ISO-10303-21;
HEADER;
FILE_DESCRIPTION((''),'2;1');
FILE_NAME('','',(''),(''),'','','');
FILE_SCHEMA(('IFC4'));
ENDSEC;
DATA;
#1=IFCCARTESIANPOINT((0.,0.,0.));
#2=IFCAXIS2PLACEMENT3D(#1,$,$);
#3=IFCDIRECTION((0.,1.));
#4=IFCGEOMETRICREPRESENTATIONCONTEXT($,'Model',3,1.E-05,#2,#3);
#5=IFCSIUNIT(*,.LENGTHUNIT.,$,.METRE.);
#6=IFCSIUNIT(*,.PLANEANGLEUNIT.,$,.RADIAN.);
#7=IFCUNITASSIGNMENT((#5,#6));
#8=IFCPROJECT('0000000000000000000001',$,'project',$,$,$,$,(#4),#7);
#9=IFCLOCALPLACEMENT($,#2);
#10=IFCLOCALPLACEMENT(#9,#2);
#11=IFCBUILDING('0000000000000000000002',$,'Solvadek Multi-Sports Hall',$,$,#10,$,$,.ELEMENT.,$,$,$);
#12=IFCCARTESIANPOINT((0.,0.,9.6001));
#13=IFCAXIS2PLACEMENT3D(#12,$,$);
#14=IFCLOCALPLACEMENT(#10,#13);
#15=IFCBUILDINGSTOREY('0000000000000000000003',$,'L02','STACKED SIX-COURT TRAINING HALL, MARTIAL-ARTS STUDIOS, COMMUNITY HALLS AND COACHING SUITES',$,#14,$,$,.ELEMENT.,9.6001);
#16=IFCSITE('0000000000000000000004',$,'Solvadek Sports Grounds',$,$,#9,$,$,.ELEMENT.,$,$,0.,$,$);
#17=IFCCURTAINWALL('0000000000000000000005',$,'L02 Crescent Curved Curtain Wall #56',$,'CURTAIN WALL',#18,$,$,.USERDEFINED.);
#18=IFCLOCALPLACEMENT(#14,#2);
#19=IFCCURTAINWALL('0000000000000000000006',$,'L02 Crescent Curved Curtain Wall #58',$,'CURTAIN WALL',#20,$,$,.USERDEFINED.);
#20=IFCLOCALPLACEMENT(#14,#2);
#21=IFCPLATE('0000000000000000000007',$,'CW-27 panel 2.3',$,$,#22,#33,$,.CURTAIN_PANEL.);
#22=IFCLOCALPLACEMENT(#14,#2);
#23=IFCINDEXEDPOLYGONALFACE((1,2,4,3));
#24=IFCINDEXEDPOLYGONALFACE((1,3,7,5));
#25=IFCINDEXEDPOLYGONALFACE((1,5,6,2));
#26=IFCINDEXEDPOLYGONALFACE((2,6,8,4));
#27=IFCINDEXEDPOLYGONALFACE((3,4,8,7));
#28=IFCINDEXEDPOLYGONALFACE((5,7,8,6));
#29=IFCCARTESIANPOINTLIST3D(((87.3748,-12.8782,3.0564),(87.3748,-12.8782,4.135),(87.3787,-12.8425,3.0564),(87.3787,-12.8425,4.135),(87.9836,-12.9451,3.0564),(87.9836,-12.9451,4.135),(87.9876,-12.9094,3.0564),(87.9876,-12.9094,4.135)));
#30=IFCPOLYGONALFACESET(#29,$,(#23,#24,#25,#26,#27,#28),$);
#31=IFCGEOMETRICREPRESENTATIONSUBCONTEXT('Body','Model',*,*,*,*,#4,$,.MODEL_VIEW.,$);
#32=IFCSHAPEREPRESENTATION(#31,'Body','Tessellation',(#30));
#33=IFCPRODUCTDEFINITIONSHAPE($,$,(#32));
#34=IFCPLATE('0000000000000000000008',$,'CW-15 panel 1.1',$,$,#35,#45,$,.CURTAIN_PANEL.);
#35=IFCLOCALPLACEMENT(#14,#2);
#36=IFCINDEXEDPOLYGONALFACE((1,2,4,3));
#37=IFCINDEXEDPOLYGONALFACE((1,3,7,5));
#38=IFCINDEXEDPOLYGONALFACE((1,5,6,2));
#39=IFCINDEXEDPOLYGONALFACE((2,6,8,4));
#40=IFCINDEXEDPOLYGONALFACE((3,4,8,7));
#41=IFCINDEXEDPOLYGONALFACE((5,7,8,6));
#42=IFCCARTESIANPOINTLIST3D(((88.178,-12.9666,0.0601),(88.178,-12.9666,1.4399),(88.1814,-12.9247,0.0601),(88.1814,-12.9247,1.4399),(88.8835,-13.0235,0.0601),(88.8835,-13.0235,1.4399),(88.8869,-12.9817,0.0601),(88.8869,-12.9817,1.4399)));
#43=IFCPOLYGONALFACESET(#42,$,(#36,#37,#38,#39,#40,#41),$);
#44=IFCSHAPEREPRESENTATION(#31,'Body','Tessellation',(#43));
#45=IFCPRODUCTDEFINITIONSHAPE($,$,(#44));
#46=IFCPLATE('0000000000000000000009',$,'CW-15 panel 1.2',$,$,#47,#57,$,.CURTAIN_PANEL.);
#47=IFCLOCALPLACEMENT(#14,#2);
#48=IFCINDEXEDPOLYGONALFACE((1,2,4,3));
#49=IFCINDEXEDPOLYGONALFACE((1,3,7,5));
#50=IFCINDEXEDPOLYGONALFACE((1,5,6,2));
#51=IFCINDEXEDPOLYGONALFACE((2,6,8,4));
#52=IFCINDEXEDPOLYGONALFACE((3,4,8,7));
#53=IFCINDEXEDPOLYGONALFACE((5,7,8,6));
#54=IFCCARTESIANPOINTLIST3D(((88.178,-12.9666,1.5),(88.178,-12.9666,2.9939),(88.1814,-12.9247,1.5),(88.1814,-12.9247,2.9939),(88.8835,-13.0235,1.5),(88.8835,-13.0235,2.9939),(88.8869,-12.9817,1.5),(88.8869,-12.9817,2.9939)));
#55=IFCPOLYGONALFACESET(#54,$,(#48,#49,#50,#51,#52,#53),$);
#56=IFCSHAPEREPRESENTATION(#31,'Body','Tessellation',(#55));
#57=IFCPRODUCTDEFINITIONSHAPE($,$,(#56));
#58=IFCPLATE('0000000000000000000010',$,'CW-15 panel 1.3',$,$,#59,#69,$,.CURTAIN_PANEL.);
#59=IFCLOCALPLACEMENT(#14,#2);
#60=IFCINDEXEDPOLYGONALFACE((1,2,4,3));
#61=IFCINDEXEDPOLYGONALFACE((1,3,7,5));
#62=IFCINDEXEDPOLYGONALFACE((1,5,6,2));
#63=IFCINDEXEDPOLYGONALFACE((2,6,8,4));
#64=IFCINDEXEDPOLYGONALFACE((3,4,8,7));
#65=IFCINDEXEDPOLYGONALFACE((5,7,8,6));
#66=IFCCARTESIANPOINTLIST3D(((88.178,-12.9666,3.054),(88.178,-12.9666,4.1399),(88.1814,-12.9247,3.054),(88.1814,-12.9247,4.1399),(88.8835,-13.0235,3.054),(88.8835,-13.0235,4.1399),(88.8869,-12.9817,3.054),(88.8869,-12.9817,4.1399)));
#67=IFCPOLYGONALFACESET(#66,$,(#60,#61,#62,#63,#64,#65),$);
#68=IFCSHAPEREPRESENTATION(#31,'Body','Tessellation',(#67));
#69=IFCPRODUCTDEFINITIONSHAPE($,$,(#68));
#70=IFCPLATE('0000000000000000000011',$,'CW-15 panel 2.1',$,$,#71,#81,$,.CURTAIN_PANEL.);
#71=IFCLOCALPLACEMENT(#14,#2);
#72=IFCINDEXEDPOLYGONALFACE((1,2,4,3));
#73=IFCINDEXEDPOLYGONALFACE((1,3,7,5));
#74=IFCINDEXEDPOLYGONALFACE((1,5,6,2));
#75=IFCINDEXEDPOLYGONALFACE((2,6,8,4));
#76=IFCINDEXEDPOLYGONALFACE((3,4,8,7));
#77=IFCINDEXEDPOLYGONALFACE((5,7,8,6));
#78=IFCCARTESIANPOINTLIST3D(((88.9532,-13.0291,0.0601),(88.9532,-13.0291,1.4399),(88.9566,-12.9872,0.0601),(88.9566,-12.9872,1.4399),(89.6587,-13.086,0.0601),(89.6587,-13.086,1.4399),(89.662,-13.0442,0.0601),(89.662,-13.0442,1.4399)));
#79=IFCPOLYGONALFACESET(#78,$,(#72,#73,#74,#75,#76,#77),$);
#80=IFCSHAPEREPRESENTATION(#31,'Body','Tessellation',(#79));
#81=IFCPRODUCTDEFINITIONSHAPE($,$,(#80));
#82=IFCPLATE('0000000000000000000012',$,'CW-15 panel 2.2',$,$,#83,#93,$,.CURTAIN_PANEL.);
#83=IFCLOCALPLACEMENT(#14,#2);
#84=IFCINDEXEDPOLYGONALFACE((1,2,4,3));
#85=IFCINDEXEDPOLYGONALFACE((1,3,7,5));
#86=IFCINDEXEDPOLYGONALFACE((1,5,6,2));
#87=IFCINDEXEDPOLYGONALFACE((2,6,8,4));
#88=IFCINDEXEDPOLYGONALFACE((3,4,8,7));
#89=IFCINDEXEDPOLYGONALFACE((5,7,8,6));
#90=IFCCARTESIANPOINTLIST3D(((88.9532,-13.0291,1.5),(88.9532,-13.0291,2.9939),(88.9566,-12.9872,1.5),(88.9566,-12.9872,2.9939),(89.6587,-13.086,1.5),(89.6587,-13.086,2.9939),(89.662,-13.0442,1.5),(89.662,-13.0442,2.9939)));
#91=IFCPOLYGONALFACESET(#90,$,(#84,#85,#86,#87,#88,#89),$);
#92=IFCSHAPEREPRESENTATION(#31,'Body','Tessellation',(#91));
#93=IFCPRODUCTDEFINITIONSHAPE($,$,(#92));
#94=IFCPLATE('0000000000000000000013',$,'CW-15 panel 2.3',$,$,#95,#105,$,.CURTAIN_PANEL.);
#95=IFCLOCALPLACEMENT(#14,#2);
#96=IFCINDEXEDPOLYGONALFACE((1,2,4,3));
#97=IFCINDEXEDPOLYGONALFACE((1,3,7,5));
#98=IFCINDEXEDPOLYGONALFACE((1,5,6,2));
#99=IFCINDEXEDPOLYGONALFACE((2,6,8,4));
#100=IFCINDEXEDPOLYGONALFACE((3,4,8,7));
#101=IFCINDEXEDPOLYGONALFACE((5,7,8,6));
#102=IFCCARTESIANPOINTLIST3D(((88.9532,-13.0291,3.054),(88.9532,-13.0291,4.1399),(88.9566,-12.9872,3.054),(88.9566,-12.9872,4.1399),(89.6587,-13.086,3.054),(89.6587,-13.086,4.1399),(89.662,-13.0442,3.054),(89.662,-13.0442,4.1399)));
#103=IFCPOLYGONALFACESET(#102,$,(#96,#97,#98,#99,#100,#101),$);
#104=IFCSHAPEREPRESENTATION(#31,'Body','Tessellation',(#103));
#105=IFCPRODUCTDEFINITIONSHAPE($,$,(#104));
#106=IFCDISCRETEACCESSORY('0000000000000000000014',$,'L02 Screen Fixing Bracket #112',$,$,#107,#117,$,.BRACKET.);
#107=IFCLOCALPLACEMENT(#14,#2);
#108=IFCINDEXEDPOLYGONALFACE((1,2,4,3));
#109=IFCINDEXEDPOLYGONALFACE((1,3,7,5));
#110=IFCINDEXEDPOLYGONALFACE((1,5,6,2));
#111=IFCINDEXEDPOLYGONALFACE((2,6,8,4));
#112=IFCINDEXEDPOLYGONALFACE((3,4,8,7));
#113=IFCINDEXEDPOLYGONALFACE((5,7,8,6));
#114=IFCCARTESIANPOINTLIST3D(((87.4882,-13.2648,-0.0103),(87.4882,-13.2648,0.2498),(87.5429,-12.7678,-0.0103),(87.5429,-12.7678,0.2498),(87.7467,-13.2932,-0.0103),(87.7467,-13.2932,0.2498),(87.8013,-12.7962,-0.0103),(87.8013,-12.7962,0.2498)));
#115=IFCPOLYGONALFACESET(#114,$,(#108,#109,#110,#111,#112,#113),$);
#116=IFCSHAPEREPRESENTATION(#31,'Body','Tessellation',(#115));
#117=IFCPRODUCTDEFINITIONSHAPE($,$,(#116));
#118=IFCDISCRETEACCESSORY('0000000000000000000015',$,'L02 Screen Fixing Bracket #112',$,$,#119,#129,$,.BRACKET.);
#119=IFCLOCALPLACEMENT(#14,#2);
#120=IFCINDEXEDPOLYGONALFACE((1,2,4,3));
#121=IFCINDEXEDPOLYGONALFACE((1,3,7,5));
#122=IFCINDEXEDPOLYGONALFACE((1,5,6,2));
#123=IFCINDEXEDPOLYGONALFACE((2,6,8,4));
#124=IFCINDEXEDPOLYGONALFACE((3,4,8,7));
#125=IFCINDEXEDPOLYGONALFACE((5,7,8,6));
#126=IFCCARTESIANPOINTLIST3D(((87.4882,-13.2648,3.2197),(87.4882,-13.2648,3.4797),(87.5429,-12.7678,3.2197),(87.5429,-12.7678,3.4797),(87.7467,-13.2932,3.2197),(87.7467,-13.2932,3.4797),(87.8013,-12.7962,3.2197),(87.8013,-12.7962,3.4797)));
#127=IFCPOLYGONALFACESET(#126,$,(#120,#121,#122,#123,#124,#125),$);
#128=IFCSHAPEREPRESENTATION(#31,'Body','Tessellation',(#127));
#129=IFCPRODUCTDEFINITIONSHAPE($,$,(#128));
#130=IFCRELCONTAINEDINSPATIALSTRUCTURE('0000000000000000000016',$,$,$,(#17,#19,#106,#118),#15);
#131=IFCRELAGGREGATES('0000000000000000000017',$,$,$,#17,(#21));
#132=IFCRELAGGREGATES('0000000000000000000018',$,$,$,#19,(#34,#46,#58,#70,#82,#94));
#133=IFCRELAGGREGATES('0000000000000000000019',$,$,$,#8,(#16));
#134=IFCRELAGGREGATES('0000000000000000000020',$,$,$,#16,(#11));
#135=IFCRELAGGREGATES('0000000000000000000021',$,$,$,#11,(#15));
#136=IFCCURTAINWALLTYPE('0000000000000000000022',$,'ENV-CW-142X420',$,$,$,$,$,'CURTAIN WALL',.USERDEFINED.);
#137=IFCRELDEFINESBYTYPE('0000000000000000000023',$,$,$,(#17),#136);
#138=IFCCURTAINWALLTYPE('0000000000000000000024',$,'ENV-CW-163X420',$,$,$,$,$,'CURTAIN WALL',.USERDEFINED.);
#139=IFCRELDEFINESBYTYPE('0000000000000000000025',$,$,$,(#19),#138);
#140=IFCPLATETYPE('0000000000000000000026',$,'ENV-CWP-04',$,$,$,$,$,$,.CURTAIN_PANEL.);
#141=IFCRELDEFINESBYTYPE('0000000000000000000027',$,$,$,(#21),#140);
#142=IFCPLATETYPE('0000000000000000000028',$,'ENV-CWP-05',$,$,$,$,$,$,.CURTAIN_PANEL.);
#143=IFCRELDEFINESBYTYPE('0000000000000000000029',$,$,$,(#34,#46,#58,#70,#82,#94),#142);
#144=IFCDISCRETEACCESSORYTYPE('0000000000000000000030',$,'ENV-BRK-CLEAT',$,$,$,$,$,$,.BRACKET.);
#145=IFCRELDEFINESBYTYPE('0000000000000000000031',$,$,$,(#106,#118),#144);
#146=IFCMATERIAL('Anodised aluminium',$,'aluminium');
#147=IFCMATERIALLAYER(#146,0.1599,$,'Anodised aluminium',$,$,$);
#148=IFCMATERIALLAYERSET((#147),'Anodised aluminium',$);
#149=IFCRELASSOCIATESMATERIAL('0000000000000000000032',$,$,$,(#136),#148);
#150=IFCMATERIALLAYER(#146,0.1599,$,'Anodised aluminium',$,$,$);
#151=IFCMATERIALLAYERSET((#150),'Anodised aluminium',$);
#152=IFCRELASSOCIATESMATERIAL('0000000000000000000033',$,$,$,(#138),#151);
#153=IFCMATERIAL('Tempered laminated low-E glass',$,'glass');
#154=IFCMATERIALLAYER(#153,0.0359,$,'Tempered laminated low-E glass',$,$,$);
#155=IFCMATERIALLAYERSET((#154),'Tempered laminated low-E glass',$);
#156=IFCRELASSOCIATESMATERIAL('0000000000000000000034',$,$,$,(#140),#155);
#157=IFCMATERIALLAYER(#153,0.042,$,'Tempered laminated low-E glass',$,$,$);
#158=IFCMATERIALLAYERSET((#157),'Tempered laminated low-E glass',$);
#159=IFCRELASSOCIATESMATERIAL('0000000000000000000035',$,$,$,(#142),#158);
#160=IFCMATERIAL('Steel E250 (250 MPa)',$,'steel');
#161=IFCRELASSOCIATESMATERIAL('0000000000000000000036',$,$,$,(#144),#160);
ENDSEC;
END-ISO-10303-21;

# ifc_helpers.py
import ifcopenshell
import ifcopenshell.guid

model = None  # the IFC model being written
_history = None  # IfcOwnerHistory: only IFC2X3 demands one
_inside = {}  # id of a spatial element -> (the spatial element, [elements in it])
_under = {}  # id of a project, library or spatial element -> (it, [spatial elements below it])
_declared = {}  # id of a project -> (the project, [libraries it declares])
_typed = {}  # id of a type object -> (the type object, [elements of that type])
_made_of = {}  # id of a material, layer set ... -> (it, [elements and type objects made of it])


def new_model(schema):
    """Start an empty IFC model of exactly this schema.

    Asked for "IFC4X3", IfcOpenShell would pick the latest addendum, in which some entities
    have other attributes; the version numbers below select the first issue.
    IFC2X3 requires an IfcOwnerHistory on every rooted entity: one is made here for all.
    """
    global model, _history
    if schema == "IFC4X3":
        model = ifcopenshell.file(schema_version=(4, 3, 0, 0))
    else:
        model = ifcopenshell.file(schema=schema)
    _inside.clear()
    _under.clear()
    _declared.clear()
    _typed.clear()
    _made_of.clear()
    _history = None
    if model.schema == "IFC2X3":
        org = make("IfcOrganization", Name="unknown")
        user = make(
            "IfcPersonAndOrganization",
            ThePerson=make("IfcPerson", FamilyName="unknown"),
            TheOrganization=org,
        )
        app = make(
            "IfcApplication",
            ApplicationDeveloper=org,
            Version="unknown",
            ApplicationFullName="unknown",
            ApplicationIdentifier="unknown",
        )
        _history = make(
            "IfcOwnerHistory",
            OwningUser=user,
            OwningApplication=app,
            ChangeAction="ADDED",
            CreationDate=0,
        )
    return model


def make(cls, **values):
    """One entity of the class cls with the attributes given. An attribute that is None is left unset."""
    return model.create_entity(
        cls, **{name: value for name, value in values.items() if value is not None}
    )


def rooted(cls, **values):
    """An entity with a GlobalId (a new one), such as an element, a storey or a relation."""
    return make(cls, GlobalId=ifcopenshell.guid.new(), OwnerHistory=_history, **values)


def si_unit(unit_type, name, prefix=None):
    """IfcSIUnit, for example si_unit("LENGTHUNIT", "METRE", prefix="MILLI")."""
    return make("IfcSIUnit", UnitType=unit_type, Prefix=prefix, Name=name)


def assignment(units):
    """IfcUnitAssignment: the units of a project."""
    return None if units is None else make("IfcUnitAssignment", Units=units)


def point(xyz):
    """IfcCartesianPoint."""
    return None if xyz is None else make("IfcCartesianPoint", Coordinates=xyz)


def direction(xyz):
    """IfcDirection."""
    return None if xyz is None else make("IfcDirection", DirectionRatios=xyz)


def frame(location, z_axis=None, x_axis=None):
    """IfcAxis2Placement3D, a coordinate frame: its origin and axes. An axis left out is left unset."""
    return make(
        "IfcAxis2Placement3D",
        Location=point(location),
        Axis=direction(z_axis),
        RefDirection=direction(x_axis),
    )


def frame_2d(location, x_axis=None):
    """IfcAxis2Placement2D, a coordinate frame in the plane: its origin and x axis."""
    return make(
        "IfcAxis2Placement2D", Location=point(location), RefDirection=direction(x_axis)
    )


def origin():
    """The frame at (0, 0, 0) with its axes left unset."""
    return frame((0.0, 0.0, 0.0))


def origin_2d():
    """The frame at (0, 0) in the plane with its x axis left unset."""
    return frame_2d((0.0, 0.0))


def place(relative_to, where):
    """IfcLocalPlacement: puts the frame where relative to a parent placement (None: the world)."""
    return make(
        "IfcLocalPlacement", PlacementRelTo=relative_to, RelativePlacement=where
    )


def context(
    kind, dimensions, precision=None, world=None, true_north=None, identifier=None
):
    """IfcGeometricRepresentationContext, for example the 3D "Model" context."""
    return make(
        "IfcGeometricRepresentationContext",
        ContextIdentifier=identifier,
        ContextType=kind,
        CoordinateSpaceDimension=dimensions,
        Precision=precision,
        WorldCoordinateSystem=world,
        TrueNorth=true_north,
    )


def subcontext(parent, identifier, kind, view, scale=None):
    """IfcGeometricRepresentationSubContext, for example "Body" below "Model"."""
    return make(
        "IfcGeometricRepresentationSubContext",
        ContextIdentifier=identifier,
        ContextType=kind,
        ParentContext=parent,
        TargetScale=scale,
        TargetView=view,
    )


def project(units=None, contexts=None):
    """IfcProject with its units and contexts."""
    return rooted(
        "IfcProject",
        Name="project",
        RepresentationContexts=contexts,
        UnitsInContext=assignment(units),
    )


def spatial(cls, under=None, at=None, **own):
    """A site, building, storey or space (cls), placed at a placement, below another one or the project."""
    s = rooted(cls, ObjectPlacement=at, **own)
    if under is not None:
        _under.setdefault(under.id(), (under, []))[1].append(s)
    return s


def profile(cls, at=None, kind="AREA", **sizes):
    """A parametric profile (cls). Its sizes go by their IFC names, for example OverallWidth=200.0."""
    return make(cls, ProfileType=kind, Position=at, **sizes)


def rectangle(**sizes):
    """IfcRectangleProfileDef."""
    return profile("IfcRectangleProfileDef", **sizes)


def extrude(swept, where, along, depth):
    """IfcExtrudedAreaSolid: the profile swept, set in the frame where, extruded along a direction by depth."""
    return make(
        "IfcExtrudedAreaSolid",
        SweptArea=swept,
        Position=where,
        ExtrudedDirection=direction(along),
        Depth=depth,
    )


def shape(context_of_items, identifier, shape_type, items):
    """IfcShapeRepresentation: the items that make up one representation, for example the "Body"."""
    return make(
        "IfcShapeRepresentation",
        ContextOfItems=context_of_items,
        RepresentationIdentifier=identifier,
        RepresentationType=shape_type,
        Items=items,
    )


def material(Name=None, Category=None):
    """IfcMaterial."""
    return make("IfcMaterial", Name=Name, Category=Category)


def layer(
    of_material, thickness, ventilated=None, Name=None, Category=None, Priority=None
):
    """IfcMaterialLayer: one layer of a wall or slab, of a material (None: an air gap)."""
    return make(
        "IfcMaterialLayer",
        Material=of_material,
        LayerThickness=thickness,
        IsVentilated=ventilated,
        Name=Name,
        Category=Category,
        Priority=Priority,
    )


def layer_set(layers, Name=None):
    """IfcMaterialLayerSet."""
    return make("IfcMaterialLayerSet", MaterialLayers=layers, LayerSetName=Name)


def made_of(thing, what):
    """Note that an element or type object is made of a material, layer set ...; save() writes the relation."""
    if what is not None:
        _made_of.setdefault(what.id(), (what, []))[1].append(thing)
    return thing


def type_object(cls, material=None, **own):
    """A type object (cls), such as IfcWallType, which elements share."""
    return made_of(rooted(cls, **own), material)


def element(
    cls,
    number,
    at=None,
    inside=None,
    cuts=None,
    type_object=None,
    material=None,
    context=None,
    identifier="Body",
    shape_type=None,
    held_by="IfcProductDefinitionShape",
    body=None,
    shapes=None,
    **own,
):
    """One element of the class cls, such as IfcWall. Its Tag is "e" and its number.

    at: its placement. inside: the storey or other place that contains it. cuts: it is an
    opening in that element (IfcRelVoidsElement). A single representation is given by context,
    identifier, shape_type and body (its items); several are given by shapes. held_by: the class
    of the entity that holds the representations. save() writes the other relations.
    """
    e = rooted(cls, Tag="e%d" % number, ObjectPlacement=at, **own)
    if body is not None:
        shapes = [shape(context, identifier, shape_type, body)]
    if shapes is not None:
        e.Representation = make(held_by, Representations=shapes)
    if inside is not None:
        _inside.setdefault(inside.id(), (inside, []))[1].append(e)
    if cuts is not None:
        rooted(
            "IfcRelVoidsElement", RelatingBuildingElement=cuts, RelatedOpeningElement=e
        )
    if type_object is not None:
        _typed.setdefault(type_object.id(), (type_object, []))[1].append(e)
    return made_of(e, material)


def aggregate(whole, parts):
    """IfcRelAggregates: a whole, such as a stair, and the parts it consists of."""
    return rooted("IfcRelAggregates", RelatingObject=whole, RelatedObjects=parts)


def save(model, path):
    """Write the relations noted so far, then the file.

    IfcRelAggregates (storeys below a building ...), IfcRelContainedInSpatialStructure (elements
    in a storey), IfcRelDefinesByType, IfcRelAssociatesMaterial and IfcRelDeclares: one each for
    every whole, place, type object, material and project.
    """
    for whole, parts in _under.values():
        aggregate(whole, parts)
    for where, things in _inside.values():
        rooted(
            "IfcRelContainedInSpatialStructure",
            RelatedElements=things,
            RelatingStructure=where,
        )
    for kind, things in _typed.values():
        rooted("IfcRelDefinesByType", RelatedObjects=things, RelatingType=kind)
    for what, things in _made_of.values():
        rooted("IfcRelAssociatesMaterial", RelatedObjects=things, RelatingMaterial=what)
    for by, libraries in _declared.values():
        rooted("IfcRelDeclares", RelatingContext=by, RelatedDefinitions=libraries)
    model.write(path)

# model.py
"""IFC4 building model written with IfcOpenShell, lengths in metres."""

from ifc_helpers import new_model, si_unit, direction, frame, origin, origin_2d, place, context, subcontext, project, spatial, rectangle, extrude, material, layer, layer_set, type_object, element, aggregate, save


model = new_model("IFC4")

# Units and contexts
model_context = context("Model", 3, precision=1e-05, world=origin(), true_north=direction((0.0, 1.0)))
body_context = subcontext(model_context, "Body", "Model", "MODEL_VIEW")
ifc_project = project(units=[si_unit("LENGTHUNIT", "METRE"), si_unit("PLANEANGLEUNIT", "RADIAN")], contexts=[model_context])

# Site, building, storey
site_placement = place(None, origin())
site = spatial("IfcSite", under=ifc_project, at=site_placement, Name="Solvadek Sports Grounds", CompositionType="ELEMENT", RefElevation=0.0)
building_placement = place(site_placement, origin())
building = spatial("IfcBuilding", under=site, at=building_placement, Name="Solvadek Multi-Sports Hall", CompositionType="ELEMENT")
storey_placement = place(building_placement, frame((0.0, 0.0, 9.6001)))
storey = spatial("IfcBuildingStorey", under=building, at=storey_placement, Name="L02", Description="STACKED SIX-COURT TRAINING HALL, MARTIAL-ARTS STUDIOS, COMMUNITY HALLS AND COACHING SUITES", CompositionType="ELEMENT", Elevation=9.6001)

# Curtain wall
ifc_material_1 = material(Name="Anodised aluminium", Category="aluminium")
ifc_layer_1 = layer(ifc_material_1, 0.1599, Name="Anodised aluminium")
ifc_layer_set_1 = layer_set([ifc_layer_1], Name="Anodised aluminium")
curtain_wall_type_1 = type_object("IfcCurtainWallType", Name="ENV-CW-142X420", ElementType="CURTAIN WALL", PredefinedType="USERDEFINED", material=ifc_layer_set_1)
curtain_wall_1_placement = place(storey_placement, origin())
curtain_wall_1 = element("IfcCurtainWall", 1, at=curtain_wall_1_placement, inside=storey, type_object=curtain_wall_type_1, Name="L02 Crescent Curved Curtain Wall #56", ObjectType="CURTAIN WALL", PredefinedType="USERDEFINED")

# Curtain wall
ifc_layer_2 = layer(ifc_material_1, 0.1599, Name="Anodised aluminium")
ifc_layer_set_2 = layer_set([ifc_layer_2], Name="Anodised aluminium")
curtain_wall_type_2 = type_object("IfcCurtainWallType", Name="ENV-CW-163X420", ElementType="CURTAIN WALL", PredefinedType="USERDEFINED", material=ifc_layer_set_2)
curtain_wall_2_placement = place(storey_placement, origin())
curtain_wall_2 = element("IfcCurtainWall", 2, at=curtain_wall_2_placement, inside=storey, type_object=curtain_wall_type_2, Name="L02 Crescent Curved Curtain Wall #58", ObjectType="CURTAIN WALL", PredefinedType="USERDEFINED")

# Plates
ifc_material_2 = material(Name="Tempered laminated low-E glass", Category="glass")
ifc_layer_3 = layer(ifc_material_2, 0.0359, Name="Tempered laminated low-E glass")
ifc_layer_set_3 = layer_set([ifc_layer_3], Name="Tempered laminated low-E glass")
plate_type_1 = type_object("IfcPlateType", Name="ENV-CWP-04", PredefinedType="CURTAIN_PANEL", material=ifc_layer_set_3)
plate_1_placement = place(storey_placement, frame((87.6812, -12.8938, 3.0564), z_axis=(0.0, 0.0, 1.0), x_axis=(0.99401, -0.109288, 0.0)))
plate_1 = element("IfcPlate", 3, at=plate_1_placement, type_object=plate_type_1, Name="CW-27 panel 2.3", PredefinedType="CURTAIN_PANEL", context=body_context, shape_type="SweptSolid", body=[
    extrude(rectangle(XDim=0.6125, YDim=0.0359, at=origin_2d()), origin(), (0.0, 0.0, 1.0), 1.0786),
])
aggregate(curtain_wall_1, [plate_1])
ifc_layer_4 = layer(ifc_material_2, 0.042, Name="Tempered laminated low-E glass")
ifc_layer_set_4 = layer_set([ifc_layer_4], Name="Tempered laminated low-E glass")
plate_type_2 = type_object("IfcPlateType", Name="ENV-CWP-05", PredefinedType="CURTAIN_PANEL", material=ifc_layer_set_4)
plate_2_placement = place(storey_placement, frame((88.5325, -12.9741, 0.0601), z_axis=(0.0, 0.0, 1.0), x_axis=(0.996757, -0.080469, 0.0)))
plate_2 = element("IfcPlate", 4, at=plate_2_placement, type_object=plate_type_2, Name="CW-15 panel 1.1", PredefinedType="CURTAIN_PANEL", context=body_context, shape_type="SweptSolid", body=[
    extrude(rectangle(XDim=0.7078, YDim=0.042, at=origin_2d()), origin(), (0.0, 0.0, 1.0), 1.3799),
])
plate_3_placement = place(storey_placement, frame((88.5325, -12.9741, 1.5), z_axis=(0.0, 0.0, 1.0), x_axis=(0.996757, -0.080469, 0.0)))
plate_3 = element("IfcPlate", 5, at=plate_3_placement, type_object=plate_type_2, Name="CW-15 panel 1.2", PredefinedType="CURTAIN_PANEL", context=body_context, shape_type="SweptSolid", body=[
    extrude(rectangle(XDim=0.7078, YDim=0.042, at=origin_2d()), origin(), (0.0, 0.0, 1.0), 1.4939),
])
plate_4_placement = place(storey_placement, frame((88.5325, -12.9741, 3.054), z_axis=(0.0, 0.0, 1.0), x_axis=(0.996757, -0.080469, 0.0)))
plate_4 = element("IfcPlate", 6, at=plate_4_placement, type_object=plate_type_2, Name="CW-15 panel 1.3", PredefinedType="CURTAIN_PANEL", context=body_context, shape_type="SweptSolid", body=[
    extrude(rectangle(XDim=0.7078, YDim=0.042, at=origin_2d()), origin(), (0.0, 0.0, 1.0), 1.0859),
])
plate_5_placement = place(storey_placement, frame((89.3076, -13.0366, 0.0601), z_axis=(0.0, 0.0, 1.0), x_axis=(0.996757, -0.080469, 0.0)))
plate_5 = element("IfcPlate", 7, at=plate_5_placement, type_object=plate_type_2, Name="CW-15 panel 2.1", PredefinedType="CURTAIN_PANEL", context=body_context, shape_type="SweptSolid", body=[
    extrude(rectangle(XDim=0.7078, YDim=0.042, at=origin_2d()), origin(), (0.0, 0.0, 1.0), 1.3799),
])
plate_6_placement = place(storey_placement, frame((89.3076, -13.0366, 1.5), z_axis=(0.0, 0.0, 1.0), x_axis=(0.996757, -0.080469, 0.0)))
plate_6 = element("IfcPlate", 8, at=plate_6_placement, type_object=plate_type_2, Name="CW-15 panel 2.2", PredefinedType="CURTAIN_PANEL", context=body_context, shape_type="SweptSolid", body=[
    extrude(rectangle(XDim=0.7078, YDim=0.042, at=origin_2d()), origin(), (0.0, 0.0, 1.0), 1.4939),
])
plate_7_placement = place(storey_placement, frame((89.3076, -13.0366, 3.054), z_axis=(0.0, 0.0, 1.0), x_axis=(0.996757, -0.080469, 0.0)))
plate_7 = element("IfcPlate", 9, at=plate_7_placement, type_object=plate_type_2, Name="CW-15 panel 2.3", PredefinedType="CURTAIN_PANEL", context=body_context, shape_type="SweptSolid", body=[
    extrude(rectangle(XDim=0.7078, YDim=0.042, at=origin_2d()), origin(), (0.0, 0.0, 1.0), 1.0859),
])
aggregate(curtain_wall_2, [plate_2, plate_3, plate_4, plate_5, plate_6, plate_7])

# Discrete accessories
ifc_material_3 = material(Name="Steel E250 (250 MPa)", Category="steel")
discrete_accessory_type = type_object("IfcDiscreteAccessoryType", Name="ENV-BRK-CLEAT", PredefinedType="BRACKET", material=ifc_material_3)
for number, where, z_axis, x_axis, name in (
    (10, (87.6448, -13.0305, -0.0103), (0.0, 0.0, 1.0), (0.994011, -0.109282, 0.0), "L02 Screen Fixing Bracket #112"),
    (11, (87.6448, -13.0305, 3.2197), (0.0, 0.0, 1.0), (0.994011, -0.109282, 0.0), "L02 Screen Fixing Bracket #112"),
):
    element("IfcDiscreteAccessory", number, at=place(storey_placement, frame(where, z_axis=z_axis, x_axis=x_axis)), inside=storey, type_object=discrete_accessory_type, Name=name, PredefinedType="BRACKET", context=body_context, shape_type="SweptSolid", body=[
        extrude(rectangle(XDim=0.26, YDim=0.5, at=origin_2d()), origin(), (0.0, 0.0, 1.0), 0.26),
    ])

save(model, "model.ifc")
